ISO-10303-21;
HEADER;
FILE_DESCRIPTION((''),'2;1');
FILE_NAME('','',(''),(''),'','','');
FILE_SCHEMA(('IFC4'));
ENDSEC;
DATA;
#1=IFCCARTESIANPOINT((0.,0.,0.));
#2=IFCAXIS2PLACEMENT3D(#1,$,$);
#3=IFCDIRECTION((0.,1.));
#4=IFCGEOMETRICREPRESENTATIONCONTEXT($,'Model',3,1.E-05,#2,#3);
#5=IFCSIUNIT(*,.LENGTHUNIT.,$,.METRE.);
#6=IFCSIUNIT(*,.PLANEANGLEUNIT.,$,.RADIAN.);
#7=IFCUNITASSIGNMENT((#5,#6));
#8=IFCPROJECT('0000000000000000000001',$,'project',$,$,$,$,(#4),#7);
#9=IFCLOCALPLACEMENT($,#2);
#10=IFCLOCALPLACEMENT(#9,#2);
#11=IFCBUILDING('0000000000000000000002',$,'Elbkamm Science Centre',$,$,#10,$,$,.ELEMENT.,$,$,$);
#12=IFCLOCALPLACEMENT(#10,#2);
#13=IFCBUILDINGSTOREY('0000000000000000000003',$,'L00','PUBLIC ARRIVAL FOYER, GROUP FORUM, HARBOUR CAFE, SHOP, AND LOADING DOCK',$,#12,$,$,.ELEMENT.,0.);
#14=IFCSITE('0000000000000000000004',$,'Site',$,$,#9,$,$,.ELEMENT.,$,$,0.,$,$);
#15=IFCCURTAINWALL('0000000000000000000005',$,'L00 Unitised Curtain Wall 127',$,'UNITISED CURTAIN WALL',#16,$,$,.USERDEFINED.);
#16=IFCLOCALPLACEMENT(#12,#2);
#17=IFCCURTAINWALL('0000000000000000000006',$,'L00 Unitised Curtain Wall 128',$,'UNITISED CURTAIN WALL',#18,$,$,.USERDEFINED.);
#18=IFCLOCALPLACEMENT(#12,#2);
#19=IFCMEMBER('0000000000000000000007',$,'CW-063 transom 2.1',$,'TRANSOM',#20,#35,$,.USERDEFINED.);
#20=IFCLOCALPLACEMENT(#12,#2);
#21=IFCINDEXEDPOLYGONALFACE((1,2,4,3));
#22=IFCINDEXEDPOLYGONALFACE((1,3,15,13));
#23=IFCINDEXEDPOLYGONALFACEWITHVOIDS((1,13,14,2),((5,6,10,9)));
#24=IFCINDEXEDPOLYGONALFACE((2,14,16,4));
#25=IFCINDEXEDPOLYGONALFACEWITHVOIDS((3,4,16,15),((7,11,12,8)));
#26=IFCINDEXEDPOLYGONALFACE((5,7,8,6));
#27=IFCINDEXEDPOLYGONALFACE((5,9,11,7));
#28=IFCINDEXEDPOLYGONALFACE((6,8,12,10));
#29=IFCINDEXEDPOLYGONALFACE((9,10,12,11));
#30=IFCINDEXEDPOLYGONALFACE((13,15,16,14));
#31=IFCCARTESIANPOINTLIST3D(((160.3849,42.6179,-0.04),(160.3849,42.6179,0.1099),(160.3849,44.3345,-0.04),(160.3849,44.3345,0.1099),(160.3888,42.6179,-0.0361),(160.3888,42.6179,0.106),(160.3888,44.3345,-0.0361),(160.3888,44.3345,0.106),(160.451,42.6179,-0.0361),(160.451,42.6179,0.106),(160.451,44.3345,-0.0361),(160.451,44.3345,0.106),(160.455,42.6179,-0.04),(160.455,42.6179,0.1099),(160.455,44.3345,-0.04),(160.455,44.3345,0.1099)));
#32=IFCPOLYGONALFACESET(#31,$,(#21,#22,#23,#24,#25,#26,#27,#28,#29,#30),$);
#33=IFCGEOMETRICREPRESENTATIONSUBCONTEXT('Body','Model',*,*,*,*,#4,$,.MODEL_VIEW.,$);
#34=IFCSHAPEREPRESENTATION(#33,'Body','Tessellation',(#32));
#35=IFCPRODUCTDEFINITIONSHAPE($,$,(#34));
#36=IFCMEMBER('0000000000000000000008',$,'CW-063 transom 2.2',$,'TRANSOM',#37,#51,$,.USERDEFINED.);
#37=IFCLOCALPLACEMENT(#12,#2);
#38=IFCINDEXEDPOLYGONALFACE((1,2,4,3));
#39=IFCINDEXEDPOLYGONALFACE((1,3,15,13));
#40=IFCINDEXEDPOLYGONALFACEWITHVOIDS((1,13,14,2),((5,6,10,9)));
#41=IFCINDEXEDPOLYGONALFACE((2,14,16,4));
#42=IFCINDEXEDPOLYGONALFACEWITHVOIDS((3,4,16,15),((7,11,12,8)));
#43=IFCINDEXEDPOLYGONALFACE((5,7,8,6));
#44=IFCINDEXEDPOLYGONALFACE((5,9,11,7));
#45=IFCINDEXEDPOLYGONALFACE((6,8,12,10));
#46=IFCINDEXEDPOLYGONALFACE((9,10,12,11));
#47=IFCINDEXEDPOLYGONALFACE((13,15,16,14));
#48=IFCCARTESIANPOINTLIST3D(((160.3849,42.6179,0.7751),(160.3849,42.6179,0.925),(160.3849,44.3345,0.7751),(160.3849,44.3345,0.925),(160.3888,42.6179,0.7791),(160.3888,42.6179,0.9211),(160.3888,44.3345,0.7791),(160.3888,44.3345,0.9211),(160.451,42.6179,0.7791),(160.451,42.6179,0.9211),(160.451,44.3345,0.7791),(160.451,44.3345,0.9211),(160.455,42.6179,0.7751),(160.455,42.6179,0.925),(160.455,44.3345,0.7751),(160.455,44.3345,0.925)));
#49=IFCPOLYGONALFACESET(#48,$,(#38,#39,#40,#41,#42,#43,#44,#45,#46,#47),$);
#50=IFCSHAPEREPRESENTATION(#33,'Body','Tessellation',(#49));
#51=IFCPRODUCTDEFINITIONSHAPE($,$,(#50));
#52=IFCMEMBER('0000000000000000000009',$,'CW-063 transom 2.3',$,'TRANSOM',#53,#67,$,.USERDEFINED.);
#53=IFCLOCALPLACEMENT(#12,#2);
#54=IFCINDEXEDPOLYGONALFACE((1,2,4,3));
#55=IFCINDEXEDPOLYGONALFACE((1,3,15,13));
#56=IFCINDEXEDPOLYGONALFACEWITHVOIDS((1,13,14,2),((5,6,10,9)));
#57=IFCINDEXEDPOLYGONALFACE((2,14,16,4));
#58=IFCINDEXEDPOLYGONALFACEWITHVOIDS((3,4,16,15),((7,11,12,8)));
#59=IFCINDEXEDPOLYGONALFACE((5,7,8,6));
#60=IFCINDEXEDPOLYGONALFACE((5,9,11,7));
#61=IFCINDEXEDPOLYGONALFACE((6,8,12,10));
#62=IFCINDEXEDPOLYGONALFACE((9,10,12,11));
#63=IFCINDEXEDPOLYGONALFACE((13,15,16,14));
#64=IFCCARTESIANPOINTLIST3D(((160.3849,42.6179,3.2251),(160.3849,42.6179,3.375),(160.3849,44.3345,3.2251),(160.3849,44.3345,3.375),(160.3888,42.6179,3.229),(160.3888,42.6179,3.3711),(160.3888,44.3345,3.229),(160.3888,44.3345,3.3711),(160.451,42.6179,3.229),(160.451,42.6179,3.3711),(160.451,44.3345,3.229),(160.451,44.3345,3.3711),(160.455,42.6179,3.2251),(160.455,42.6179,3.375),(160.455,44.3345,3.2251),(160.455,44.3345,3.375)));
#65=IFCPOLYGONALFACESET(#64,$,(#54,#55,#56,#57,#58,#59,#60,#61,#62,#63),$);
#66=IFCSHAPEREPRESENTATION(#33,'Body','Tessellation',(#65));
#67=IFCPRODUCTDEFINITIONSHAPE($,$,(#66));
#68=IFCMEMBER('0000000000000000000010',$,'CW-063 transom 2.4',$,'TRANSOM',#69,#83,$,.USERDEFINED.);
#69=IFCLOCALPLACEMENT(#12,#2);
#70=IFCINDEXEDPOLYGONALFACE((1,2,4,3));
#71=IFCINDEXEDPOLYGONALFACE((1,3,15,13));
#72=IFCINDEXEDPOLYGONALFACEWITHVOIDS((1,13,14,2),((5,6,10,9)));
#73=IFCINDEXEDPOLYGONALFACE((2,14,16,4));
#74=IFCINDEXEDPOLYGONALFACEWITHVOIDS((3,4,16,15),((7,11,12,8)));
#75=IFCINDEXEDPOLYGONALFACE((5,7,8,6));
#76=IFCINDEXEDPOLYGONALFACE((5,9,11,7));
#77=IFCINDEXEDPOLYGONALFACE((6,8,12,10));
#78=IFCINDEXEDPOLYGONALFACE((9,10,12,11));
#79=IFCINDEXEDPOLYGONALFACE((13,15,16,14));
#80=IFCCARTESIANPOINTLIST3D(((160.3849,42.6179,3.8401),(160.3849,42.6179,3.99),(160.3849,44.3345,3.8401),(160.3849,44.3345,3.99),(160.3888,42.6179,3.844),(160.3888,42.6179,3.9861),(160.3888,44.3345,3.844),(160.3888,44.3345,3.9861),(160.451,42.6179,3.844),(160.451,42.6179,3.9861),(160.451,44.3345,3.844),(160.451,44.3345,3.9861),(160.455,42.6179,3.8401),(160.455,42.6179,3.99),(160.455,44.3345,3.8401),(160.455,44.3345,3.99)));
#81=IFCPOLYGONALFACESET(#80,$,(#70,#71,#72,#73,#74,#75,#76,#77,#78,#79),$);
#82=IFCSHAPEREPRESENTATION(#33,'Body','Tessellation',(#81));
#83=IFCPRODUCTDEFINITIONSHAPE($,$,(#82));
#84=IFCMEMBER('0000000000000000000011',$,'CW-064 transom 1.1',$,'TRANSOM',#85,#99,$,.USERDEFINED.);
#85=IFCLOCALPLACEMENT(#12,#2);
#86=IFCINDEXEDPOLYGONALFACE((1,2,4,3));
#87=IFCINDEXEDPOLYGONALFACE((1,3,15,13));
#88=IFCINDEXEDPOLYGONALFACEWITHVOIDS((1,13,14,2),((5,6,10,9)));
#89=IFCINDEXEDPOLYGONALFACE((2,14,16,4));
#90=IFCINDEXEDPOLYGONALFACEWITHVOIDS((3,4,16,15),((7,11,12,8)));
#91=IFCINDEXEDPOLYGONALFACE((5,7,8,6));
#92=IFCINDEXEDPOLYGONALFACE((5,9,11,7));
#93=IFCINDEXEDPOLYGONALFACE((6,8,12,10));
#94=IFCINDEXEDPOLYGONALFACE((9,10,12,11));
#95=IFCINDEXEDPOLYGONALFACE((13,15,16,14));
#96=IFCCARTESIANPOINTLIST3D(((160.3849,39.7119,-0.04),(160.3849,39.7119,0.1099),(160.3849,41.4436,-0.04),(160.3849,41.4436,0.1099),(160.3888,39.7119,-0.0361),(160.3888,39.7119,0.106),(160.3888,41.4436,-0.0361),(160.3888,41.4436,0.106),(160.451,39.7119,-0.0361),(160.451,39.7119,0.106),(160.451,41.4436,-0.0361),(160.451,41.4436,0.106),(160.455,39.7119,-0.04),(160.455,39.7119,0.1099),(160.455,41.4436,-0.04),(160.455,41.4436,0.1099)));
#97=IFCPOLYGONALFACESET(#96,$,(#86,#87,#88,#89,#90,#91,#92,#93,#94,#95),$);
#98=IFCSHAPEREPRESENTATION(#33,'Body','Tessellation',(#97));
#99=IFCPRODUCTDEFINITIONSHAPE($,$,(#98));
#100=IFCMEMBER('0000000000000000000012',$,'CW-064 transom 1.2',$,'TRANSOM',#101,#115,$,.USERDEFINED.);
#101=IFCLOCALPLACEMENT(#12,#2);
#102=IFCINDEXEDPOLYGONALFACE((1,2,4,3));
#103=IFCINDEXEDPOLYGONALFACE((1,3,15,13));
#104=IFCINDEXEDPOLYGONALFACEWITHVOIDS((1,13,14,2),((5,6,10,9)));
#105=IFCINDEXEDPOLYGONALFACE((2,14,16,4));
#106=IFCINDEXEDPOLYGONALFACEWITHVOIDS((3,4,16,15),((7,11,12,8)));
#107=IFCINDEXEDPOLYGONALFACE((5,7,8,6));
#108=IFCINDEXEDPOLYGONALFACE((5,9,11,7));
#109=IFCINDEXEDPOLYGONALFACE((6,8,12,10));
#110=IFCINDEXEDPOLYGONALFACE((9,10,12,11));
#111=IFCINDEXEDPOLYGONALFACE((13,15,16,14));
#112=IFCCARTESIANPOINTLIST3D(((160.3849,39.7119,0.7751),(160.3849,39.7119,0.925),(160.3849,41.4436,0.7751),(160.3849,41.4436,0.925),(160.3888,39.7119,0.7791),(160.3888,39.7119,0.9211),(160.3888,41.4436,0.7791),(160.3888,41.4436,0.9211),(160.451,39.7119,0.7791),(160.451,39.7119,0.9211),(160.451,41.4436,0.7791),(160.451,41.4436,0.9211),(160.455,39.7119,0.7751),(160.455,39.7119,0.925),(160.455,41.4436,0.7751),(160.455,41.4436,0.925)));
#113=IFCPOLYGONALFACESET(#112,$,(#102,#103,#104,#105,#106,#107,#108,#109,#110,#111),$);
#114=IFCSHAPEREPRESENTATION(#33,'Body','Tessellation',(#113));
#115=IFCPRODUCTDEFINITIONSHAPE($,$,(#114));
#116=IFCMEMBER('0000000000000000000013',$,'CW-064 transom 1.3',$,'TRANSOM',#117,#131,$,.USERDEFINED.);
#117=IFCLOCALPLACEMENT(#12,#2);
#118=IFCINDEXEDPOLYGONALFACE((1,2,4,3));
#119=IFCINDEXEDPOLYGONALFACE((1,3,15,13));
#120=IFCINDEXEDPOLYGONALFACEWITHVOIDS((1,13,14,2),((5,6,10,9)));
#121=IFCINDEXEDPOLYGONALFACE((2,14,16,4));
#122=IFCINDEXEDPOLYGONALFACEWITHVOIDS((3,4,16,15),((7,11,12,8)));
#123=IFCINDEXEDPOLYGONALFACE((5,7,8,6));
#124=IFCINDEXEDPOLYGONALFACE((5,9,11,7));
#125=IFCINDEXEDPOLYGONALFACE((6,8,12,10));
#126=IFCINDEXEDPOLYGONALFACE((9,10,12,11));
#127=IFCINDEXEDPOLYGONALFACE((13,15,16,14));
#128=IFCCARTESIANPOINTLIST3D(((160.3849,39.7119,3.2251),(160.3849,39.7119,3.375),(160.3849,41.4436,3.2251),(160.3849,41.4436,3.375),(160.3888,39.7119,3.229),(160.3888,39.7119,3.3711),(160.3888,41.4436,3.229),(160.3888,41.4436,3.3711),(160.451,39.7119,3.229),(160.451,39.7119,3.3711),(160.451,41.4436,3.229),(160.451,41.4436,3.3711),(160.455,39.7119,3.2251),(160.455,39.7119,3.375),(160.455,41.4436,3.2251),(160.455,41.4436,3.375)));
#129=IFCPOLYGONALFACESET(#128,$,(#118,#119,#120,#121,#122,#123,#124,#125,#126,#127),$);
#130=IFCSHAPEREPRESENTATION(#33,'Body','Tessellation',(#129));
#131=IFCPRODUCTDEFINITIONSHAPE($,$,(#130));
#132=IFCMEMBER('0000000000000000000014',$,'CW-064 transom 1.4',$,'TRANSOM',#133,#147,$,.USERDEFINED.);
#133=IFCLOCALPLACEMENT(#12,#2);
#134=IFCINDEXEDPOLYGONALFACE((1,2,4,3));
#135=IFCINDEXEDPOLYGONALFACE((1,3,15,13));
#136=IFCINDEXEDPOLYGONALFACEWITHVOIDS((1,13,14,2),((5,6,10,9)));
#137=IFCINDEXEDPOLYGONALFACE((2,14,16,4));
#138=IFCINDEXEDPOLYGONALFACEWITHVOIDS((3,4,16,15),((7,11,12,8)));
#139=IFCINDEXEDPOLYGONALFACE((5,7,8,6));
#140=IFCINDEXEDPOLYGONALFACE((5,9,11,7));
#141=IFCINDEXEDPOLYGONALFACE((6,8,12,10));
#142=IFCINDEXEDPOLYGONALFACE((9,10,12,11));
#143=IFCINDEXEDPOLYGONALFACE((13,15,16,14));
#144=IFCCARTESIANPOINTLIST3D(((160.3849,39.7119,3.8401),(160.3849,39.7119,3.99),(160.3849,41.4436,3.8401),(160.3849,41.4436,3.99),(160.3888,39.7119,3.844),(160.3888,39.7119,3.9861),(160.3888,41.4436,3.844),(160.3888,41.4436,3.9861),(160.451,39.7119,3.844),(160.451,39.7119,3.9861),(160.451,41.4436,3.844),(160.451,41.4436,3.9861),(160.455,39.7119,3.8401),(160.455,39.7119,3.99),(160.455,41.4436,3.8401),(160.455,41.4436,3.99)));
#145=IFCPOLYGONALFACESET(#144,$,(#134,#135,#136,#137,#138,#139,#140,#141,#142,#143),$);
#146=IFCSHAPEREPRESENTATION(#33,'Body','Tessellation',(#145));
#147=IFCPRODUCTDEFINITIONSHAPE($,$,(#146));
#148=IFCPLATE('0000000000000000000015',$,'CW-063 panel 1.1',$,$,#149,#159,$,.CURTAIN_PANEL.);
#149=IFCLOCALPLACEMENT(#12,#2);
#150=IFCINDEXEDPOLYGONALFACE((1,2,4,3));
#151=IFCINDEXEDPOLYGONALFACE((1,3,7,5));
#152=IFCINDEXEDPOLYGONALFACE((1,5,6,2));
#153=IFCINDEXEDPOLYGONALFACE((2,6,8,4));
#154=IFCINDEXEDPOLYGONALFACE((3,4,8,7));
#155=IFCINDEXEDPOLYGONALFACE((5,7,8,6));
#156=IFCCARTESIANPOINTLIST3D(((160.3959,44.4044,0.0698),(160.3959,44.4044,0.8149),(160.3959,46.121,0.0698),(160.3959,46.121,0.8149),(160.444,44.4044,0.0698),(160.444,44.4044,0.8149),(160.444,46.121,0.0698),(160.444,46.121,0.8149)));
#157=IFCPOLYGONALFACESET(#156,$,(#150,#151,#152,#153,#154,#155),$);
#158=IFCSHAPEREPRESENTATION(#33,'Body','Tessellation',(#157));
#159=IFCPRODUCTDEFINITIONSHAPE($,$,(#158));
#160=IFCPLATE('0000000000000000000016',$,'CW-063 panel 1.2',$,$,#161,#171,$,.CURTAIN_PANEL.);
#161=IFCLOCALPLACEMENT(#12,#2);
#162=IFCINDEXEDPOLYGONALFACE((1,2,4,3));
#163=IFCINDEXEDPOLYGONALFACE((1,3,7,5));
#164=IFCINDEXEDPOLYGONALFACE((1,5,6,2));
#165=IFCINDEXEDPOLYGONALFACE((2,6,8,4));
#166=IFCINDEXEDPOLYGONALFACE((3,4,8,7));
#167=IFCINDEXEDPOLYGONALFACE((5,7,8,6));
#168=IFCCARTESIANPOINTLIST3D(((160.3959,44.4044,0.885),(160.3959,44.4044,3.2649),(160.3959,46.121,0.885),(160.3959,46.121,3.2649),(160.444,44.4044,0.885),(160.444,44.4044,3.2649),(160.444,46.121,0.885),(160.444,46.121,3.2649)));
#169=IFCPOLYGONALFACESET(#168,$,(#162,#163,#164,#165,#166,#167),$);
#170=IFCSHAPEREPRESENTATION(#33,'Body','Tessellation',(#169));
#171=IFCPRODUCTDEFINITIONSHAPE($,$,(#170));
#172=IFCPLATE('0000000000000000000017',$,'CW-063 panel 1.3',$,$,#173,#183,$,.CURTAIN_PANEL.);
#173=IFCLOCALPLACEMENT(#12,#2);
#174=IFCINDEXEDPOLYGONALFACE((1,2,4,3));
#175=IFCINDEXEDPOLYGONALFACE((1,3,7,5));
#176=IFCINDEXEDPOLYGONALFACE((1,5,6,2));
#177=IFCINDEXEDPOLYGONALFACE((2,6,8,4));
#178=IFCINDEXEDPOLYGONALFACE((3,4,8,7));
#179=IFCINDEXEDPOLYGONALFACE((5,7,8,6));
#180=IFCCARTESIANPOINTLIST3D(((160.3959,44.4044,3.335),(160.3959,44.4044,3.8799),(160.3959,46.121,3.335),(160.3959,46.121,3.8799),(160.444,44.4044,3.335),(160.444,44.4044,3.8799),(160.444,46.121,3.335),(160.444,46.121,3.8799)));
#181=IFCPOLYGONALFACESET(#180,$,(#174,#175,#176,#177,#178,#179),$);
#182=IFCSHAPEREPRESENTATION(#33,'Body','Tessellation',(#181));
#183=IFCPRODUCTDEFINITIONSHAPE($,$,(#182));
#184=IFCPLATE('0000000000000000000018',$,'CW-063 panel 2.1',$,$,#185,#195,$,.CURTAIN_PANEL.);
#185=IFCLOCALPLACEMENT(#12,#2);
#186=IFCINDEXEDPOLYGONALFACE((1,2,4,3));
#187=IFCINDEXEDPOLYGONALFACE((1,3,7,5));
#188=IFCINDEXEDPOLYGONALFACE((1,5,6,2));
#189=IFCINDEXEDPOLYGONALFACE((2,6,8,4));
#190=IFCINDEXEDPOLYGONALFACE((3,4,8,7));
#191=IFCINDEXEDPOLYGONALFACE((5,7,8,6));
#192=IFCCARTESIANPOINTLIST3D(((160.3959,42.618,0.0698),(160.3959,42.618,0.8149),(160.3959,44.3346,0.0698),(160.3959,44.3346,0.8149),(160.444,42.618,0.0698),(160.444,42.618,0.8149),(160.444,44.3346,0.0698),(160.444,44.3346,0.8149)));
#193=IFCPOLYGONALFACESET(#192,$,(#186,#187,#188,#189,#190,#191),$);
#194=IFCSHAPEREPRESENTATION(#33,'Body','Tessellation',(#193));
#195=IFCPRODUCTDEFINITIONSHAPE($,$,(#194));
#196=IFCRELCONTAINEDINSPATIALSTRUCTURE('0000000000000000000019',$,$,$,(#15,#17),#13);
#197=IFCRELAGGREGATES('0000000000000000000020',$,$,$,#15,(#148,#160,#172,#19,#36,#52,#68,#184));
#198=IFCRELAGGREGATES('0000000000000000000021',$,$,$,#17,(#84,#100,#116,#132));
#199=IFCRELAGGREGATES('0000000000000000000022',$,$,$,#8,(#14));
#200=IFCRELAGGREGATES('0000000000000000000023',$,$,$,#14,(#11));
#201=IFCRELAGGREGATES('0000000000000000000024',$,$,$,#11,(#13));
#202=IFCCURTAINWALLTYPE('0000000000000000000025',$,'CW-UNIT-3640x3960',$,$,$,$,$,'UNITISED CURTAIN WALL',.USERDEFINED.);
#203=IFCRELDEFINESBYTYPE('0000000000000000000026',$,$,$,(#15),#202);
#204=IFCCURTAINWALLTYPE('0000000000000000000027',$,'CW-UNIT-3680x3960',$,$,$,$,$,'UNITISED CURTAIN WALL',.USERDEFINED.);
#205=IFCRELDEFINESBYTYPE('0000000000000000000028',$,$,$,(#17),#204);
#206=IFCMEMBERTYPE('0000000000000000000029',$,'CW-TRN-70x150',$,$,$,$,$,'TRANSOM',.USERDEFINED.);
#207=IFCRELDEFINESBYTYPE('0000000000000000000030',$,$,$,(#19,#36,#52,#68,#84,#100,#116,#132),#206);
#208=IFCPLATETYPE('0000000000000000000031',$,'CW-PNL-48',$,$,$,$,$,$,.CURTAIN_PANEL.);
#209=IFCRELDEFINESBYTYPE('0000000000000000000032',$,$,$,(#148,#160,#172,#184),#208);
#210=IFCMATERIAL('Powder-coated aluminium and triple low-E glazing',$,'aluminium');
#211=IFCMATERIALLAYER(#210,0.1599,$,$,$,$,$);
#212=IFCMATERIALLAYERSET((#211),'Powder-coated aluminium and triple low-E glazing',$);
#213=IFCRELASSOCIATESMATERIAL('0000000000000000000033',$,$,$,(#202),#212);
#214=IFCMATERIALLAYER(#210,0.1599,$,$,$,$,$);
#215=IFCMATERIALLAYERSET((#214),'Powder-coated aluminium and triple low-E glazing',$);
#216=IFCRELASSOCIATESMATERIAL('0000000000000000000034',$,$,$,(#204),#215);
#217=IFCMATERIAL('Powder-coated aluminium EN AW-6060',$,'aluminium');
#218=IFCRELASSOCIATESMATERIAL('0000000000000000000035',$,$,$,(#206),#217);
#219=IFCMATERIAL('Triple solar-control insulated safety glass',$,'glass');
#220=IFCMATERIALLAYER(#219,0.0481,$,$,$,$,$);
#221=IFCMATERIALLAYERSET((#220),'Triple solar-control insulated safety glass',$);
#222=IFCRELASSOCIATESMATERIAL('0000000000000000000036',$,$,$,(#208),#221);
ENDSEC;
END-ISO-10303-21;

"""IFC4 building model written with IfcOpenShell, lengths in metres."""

from ifc_helpers import new_model, si_unit, direction, frame, origin, origin_2d, place, context, subcontext, project, spatial, rectangle, hollow_rectangle, extrude, material, layer, layer_set, material_profile, profile_set, type_object, element, aggregate, save


model = new_model("IFC4")

# Units and contexts
model_context = context("Model", 3, precision=1e-05, world=origin(), true_north=direction((0.0, 1.0)))
body_context = subcontext(model_context, "Body", "Model", "MODEL_VIEW")
ifc_project = project(units=[si_unit("LENGTHUNIT", "METRE"), si_unit("PLANEANGLEUNIT", "RADIAN")], contexts=[model_context])

# Site, building, storey
site_placement = place(None, origin())
site = spatial("IfcSite", under=ifc_project, at=site_placement, Name="Site", CompositionType="ELEMENT", RefElevation=0.0)
building_placement = place(site_placement, origin())
building = spatial("IfcBuilding", under=site, at=building_placement, Name="Elbkamm Science Centre", CompositionType="ELEMENT")
storey_placement = place(building_placement, origin())
storey = spatial("IfcBuildingStorey", under=building, at=storey_placement, Name="L00", Description="PUBLIC ARRIVAL FOYER, GROUP FORUM, HARBOUR CAFE, SHOP, AND LOADING DOCK", CompositionType="ELEMENT", Elevation=0.0)

# Curtain walls
ifc_material_1 = material(Name="Powder-coated aluminium and triple low-E glazing", Category="aluminium")
ifc_layer_1 = layer(ifc_material_1, 0.1599)
ifc_layer_set_1 = layer_set([ifc_layer_1], Name="Powder-coated aluminium and triple low-E glazing")
curtain_wall_type_1 = type_object("IfcCurtainWallType", Name="CW-UNIT-3640x3960", ElementType="UNITISED CURTAIN WALL", PredefinedType="USERDEFINED", material=ifc_layer_set_1)
curtain_wall_1_placement = place(storey_placement, origin())
curtain_wall_1 = element("IfcCurtainWall", 1, at=curtain_wall_1_placement, inside=storey, type_object=curtain_wall_type_1, Name="L00 Unitised Curtain Wall 127", ObjectType="UNITISED CURTAIN WALL", PredefinedType="USERDEFINED")
ifc_material_2 = material(Name="Powder-coated aluminium EN AW-6060", Category="aluminium")
ifc_layer_2 = layer(ifc_material_1, 0.1599)
ifc_layer_set_2 = layer_set([ifc_layer_2], Name="Powder-coated aluminium and triple low-E glazing")
curtain_wall_type_2 = type_object("IfcCurtainWallType", Name="CW-UNIT-3680x3960", ElementType="UNITISED CURTAIN WALL", PredefinedType="USERDEFINED", material=ifc_layer_set_2)
curtain_wall_2_placement = place(storey_placement, origin())
curtain_wall_2 = element("IfcCurtainWall", 2, at=curtain_wall_2_placement, inside=storey, type_object=curtain_wall_type_2, Name="L00 Unitised Curtain Wall 128", ObjectType="UNITISED CURTAIN WALL", PredefinedType="USERDEFINED")

# Members
ifc_material_profile_1 = material_profile(ifc_material_2, hollow_rectangle(XDim=0.0701, YDim=0.1499, WallThickness=0.0039, at=origin_2d()), Name="ALU T70x150")
ifc_profile_set_1 = profile_set([ifc_material_profile_1], Name="Powder-coated aluminium EN AW-6060")
member_type_1 = type_object("IfcMemberType", Name="CW-TRN-70x150", ElementType="TRANSOM", PredefinedType="USERDEFINED", material=ifc_profile_set_1)
member_1_placement = place(storey_placement, frame((160.4199, 44.3345, 0.0349), z_axis=(0.0, -1.0, 0.0), x_axis=(1.0, 0.0, 0.0)))
member_1 = element("IfcMember", 3, at=member_1_placement, type_object=member_type_1, Name="CW-063 transom 2.1", ObjectType="TRANSOM", PredefinedType="USERDEFINED", context=body_context, shape_type="SweptSolid", body=[
    extrude(hollow_rectangle(XDim=0.0701, YDim=0.1499, WallThickness=0.0039, at=origin_2d()), origin(), (0.0, 0.0, 1.0), 1.7166),
])
member_2_placement = place(storey_placement, frame((160.4199, 44.3345, 0.8501), z_axis=(0.0, -1.0, 0.0), x_axis=(1.0, 0.0, 0.0)))
member_2 = element("IfcMember", 4, at=member_2_placement, type_object=member_type_1, Name="CW-063 transom 2.2", ObjectType="TRANSOM", PredefinedType="USERDEFINED", context=body_context, shape_type="SweptSolid", body=[
    extrude(hollow_rectangle(XDim=0.0701, YDim=0.1499, WallThickness=0.0039, at=origin_2d()), origin(), (0.0, 0.0, 1.0), 1.7166),
])
member_3_placement = place(storey_placement, frame((160.4199, 44.3345, 3.3), z_axis=(0.0, -1.0, 0.0), x_axis=(1.0, 0.0, 0.0)))
member_3 = element("IfcMember", 5, at=member_3_placement, type_object=member_type_1, Name="CW-063 transom 2.3", ObjectType="TRANSOM", PredefinedType="USERDEFINED", context=body_context, shape_type="SweptSolid", body=[
    extrude(hollow_rectangle(XDim=0.0701, YDim=0.1499, WallThickness=0.0039, at=origin_2d()), origin(), (0.0, 0.0, 1.0), 1.7166),
])
member_4_placement = place(storey_placement, frame((160.4199, 44.3345, 3.915), z_axis=(0.0, -1.0, 0.0), x_axis=(1.0, 0.0, 0.0)))
member_4 = element("IfcMember", 6, at=member_4_placement, type_object=member_type_1, Name="CW-063 transom 2.4", ObjectType="TRANSOM", PredefinedType="USERDEFINED", context=body_context, shape_type="SweptSolid", body=[
    extrude(hollow_rectangle(XDim=0.0701, YDim=0.1499, WallThickness=0.0039, at=origin_2d()), origin(), (0.0, 0.0, 1.0), 1.7166),
])
member_5_placement = place(storey_placement, frame((160.4199, 41.4436, 0.0349), z_axis=(0.0, -1.0, 0.0), x_axis=(1.0, 0.0, 0.0)))
member_5 = element("IfcMember", 7, at=member_5_placement, type_object=member_type_1, Name="CW-064 transom 1.1", ObjectType="TRANSOM", PredefinedType="USERDEFINED", context=body_context, shape_type="SweptSolid", body=[
    extrude(hollow_rectangle(XDim=0.0701, YDim=0.1499, WallThickness=0.0039, at=origin_2d()), origin(), (0.0, 0.0, 1.0), 1.7317),
])
member_6_placement = place(storey_placement, frame((160.4199, 41.4436, 0.8501), z_axis=(0.0, -1.0, 0.0), x_axis=(1.0, 0.0, 0.0)))
member_6 = element("IfcMember", 8, at=member_6_placement, type_object=member_type_1, Name="CW-064 transom 1.2", ObjectType="TRANSOM", PredefinedType="USERDEFINED", context=body_context, shape_type="SweptSolid", body=[
    extrude(hollow_rectangle(XDim=0.0701, YDim=0.1499, WallThickness=0.0039, at=origin_2d()), origin(), (0.0, 0.0, 1.0), 1.7317),
])
member_7_placement = place(storey_placement, frame((160.4199, 41.4436, 3.3), z_axis=(0.0, -1.0, 0.0), x_axis=(1.0, 0.0, 0.0)))
member_7 = element("IfcMember", 9, at=member_7_placement, type_object=member_type_1, Name="CW-064 transom 1.3", ObjectType="TRANSOM", PredefinedType="USERDEFINED", context=body_context, shape_type="SweptSolid", body=[
    extrude(hollow_rectangle(XDim=0.0701, YDim=0.1499, WallThickness=0.0039, at=origin_2d()), origin(), (0.0, 0.0, 1.0), 1.7317),
])
member_8_placement = place(storey_placement, frame((160.4199, 41.4436, 3.915), z_axis=(0.0, -1.0, 0.0), x_axis=(1.0, 0.0, 0.0)))
member_8 = element("IfcMember", 10, at=member_8_placement, type_object=member_type_1, Name="CW-064 transom 1.4", ObjectType="TRANSOM", PredefinedType="USERDEFINED", context=body_context, shape_type="SweptSolid", body=[
    extrude(hollow_rectangle(XDim=0.0701, YDim=0.1499, WallThickness=0.0039, at=origin_2d()), origin(), (0.0, 0.0, 1.0), 1.7317),
])

# Plates
ifc_material_3 = material(Name="Triple solar-control insulated safety glass", Category="glass")
ifc_layer_3 = layer(ifc_material_3, 0.0481)
ifc_layer_set_3 = layer_set([ifc_layer_3], Name="Triple solar-control insulated safety glass")
plate_type = type_object("IfcPlateType", Name="CW-PNL-48", PredefinedType="CURTAIN_PANEL", material=ifc_layer_set_3)
plate_1_placement = place(storey_placement, frame((160.4199, 45.2627, 0.0698), z_axis=(0.0, 0.0, 1.0), x_axis=(0.0, -1.0, 0.0)))
plate_1 = element("IfcPlate", 11, at=plate_1_placement, type_object=plate_type, Name="CW-063 panel 1.1", PredefinedType="CURTAIN_PANEL", context=body_context, shape_type="SweptSolid", body=[
    extrude(rectangle(XDim=1.7166, YDim=0.0481, at=origin_2d()), origin(), (0.0, 0.0, 1.0), 0.7451),
])
plate_2_placement = place(storey_placement, frame((160.4199, 45.2627, 0.885), z_axis=(0.0, 0.0, 1.0), x_axis=(0.0, -1.0, 0.0)))
plate_2 = element("IfcPlate", 12, at=plate_2_placement, type_object=plate_type, Name="CW-063 panel 1.2", PredefinedType="CURTAIN_PANEL", context=body_context, shape_type="SweptSolid", body=[
    extrude(rectangle(XDim=1.7166, YDim=0.0481, at=origin_2d()), origin(), (0.0, 0.0, 1.0), 2.3799),
])
plate_3_placement = place(storey_placement, frame((160.4199, 45.2627, 3.335), z_axis=(0.0, 0.0, 1.0), x_axis=(0.0, -1.0, 0.0)))
plate_3 = element("IfcPlate", 13, at=plate_3_placement, type_object=plate_type, Name="CW-063 panel 1.3", PredefinedType="CURTAIN_PANEL", context=body_context, shape_type="SweptSolid", body=[
    extrude(rectangle(XDim=1.7166, YDim=0.0481, at=origin_2d()), origin(), (0.0, 0.0, 1.0), 0.5449),
])
plate_4_placement = place(storey_placement, frame((160.4199, 43.4763, 0.0698), z_axis=(0.0, 0.0, 1.0), x_axis=(0.0, -1.0, 0.0)))
plate_4 = element("IfcPlate", 14, at=plate_4_placement, type_object=plate_type, Name="CW-063 panel 2.1", PredefinedType="CURTAIN_PANEL", context=body_context, shape_type="SweptSolid", body=[
    extrude(rectangle(XDim=1.7166, YDim=0.0481, at=origin_2d()), origin(), (0.0, 0.0, 1.0), 0.7451),
])
aggregate(curtain_wall_1, [plate_1, plate_2, plate_3, member_1, member_2, member_3, member_4, plate_4])
aggregate(curtain_wall_2, [member_5, member_6, member_7, member_8])

save(model, "model.ifc")
